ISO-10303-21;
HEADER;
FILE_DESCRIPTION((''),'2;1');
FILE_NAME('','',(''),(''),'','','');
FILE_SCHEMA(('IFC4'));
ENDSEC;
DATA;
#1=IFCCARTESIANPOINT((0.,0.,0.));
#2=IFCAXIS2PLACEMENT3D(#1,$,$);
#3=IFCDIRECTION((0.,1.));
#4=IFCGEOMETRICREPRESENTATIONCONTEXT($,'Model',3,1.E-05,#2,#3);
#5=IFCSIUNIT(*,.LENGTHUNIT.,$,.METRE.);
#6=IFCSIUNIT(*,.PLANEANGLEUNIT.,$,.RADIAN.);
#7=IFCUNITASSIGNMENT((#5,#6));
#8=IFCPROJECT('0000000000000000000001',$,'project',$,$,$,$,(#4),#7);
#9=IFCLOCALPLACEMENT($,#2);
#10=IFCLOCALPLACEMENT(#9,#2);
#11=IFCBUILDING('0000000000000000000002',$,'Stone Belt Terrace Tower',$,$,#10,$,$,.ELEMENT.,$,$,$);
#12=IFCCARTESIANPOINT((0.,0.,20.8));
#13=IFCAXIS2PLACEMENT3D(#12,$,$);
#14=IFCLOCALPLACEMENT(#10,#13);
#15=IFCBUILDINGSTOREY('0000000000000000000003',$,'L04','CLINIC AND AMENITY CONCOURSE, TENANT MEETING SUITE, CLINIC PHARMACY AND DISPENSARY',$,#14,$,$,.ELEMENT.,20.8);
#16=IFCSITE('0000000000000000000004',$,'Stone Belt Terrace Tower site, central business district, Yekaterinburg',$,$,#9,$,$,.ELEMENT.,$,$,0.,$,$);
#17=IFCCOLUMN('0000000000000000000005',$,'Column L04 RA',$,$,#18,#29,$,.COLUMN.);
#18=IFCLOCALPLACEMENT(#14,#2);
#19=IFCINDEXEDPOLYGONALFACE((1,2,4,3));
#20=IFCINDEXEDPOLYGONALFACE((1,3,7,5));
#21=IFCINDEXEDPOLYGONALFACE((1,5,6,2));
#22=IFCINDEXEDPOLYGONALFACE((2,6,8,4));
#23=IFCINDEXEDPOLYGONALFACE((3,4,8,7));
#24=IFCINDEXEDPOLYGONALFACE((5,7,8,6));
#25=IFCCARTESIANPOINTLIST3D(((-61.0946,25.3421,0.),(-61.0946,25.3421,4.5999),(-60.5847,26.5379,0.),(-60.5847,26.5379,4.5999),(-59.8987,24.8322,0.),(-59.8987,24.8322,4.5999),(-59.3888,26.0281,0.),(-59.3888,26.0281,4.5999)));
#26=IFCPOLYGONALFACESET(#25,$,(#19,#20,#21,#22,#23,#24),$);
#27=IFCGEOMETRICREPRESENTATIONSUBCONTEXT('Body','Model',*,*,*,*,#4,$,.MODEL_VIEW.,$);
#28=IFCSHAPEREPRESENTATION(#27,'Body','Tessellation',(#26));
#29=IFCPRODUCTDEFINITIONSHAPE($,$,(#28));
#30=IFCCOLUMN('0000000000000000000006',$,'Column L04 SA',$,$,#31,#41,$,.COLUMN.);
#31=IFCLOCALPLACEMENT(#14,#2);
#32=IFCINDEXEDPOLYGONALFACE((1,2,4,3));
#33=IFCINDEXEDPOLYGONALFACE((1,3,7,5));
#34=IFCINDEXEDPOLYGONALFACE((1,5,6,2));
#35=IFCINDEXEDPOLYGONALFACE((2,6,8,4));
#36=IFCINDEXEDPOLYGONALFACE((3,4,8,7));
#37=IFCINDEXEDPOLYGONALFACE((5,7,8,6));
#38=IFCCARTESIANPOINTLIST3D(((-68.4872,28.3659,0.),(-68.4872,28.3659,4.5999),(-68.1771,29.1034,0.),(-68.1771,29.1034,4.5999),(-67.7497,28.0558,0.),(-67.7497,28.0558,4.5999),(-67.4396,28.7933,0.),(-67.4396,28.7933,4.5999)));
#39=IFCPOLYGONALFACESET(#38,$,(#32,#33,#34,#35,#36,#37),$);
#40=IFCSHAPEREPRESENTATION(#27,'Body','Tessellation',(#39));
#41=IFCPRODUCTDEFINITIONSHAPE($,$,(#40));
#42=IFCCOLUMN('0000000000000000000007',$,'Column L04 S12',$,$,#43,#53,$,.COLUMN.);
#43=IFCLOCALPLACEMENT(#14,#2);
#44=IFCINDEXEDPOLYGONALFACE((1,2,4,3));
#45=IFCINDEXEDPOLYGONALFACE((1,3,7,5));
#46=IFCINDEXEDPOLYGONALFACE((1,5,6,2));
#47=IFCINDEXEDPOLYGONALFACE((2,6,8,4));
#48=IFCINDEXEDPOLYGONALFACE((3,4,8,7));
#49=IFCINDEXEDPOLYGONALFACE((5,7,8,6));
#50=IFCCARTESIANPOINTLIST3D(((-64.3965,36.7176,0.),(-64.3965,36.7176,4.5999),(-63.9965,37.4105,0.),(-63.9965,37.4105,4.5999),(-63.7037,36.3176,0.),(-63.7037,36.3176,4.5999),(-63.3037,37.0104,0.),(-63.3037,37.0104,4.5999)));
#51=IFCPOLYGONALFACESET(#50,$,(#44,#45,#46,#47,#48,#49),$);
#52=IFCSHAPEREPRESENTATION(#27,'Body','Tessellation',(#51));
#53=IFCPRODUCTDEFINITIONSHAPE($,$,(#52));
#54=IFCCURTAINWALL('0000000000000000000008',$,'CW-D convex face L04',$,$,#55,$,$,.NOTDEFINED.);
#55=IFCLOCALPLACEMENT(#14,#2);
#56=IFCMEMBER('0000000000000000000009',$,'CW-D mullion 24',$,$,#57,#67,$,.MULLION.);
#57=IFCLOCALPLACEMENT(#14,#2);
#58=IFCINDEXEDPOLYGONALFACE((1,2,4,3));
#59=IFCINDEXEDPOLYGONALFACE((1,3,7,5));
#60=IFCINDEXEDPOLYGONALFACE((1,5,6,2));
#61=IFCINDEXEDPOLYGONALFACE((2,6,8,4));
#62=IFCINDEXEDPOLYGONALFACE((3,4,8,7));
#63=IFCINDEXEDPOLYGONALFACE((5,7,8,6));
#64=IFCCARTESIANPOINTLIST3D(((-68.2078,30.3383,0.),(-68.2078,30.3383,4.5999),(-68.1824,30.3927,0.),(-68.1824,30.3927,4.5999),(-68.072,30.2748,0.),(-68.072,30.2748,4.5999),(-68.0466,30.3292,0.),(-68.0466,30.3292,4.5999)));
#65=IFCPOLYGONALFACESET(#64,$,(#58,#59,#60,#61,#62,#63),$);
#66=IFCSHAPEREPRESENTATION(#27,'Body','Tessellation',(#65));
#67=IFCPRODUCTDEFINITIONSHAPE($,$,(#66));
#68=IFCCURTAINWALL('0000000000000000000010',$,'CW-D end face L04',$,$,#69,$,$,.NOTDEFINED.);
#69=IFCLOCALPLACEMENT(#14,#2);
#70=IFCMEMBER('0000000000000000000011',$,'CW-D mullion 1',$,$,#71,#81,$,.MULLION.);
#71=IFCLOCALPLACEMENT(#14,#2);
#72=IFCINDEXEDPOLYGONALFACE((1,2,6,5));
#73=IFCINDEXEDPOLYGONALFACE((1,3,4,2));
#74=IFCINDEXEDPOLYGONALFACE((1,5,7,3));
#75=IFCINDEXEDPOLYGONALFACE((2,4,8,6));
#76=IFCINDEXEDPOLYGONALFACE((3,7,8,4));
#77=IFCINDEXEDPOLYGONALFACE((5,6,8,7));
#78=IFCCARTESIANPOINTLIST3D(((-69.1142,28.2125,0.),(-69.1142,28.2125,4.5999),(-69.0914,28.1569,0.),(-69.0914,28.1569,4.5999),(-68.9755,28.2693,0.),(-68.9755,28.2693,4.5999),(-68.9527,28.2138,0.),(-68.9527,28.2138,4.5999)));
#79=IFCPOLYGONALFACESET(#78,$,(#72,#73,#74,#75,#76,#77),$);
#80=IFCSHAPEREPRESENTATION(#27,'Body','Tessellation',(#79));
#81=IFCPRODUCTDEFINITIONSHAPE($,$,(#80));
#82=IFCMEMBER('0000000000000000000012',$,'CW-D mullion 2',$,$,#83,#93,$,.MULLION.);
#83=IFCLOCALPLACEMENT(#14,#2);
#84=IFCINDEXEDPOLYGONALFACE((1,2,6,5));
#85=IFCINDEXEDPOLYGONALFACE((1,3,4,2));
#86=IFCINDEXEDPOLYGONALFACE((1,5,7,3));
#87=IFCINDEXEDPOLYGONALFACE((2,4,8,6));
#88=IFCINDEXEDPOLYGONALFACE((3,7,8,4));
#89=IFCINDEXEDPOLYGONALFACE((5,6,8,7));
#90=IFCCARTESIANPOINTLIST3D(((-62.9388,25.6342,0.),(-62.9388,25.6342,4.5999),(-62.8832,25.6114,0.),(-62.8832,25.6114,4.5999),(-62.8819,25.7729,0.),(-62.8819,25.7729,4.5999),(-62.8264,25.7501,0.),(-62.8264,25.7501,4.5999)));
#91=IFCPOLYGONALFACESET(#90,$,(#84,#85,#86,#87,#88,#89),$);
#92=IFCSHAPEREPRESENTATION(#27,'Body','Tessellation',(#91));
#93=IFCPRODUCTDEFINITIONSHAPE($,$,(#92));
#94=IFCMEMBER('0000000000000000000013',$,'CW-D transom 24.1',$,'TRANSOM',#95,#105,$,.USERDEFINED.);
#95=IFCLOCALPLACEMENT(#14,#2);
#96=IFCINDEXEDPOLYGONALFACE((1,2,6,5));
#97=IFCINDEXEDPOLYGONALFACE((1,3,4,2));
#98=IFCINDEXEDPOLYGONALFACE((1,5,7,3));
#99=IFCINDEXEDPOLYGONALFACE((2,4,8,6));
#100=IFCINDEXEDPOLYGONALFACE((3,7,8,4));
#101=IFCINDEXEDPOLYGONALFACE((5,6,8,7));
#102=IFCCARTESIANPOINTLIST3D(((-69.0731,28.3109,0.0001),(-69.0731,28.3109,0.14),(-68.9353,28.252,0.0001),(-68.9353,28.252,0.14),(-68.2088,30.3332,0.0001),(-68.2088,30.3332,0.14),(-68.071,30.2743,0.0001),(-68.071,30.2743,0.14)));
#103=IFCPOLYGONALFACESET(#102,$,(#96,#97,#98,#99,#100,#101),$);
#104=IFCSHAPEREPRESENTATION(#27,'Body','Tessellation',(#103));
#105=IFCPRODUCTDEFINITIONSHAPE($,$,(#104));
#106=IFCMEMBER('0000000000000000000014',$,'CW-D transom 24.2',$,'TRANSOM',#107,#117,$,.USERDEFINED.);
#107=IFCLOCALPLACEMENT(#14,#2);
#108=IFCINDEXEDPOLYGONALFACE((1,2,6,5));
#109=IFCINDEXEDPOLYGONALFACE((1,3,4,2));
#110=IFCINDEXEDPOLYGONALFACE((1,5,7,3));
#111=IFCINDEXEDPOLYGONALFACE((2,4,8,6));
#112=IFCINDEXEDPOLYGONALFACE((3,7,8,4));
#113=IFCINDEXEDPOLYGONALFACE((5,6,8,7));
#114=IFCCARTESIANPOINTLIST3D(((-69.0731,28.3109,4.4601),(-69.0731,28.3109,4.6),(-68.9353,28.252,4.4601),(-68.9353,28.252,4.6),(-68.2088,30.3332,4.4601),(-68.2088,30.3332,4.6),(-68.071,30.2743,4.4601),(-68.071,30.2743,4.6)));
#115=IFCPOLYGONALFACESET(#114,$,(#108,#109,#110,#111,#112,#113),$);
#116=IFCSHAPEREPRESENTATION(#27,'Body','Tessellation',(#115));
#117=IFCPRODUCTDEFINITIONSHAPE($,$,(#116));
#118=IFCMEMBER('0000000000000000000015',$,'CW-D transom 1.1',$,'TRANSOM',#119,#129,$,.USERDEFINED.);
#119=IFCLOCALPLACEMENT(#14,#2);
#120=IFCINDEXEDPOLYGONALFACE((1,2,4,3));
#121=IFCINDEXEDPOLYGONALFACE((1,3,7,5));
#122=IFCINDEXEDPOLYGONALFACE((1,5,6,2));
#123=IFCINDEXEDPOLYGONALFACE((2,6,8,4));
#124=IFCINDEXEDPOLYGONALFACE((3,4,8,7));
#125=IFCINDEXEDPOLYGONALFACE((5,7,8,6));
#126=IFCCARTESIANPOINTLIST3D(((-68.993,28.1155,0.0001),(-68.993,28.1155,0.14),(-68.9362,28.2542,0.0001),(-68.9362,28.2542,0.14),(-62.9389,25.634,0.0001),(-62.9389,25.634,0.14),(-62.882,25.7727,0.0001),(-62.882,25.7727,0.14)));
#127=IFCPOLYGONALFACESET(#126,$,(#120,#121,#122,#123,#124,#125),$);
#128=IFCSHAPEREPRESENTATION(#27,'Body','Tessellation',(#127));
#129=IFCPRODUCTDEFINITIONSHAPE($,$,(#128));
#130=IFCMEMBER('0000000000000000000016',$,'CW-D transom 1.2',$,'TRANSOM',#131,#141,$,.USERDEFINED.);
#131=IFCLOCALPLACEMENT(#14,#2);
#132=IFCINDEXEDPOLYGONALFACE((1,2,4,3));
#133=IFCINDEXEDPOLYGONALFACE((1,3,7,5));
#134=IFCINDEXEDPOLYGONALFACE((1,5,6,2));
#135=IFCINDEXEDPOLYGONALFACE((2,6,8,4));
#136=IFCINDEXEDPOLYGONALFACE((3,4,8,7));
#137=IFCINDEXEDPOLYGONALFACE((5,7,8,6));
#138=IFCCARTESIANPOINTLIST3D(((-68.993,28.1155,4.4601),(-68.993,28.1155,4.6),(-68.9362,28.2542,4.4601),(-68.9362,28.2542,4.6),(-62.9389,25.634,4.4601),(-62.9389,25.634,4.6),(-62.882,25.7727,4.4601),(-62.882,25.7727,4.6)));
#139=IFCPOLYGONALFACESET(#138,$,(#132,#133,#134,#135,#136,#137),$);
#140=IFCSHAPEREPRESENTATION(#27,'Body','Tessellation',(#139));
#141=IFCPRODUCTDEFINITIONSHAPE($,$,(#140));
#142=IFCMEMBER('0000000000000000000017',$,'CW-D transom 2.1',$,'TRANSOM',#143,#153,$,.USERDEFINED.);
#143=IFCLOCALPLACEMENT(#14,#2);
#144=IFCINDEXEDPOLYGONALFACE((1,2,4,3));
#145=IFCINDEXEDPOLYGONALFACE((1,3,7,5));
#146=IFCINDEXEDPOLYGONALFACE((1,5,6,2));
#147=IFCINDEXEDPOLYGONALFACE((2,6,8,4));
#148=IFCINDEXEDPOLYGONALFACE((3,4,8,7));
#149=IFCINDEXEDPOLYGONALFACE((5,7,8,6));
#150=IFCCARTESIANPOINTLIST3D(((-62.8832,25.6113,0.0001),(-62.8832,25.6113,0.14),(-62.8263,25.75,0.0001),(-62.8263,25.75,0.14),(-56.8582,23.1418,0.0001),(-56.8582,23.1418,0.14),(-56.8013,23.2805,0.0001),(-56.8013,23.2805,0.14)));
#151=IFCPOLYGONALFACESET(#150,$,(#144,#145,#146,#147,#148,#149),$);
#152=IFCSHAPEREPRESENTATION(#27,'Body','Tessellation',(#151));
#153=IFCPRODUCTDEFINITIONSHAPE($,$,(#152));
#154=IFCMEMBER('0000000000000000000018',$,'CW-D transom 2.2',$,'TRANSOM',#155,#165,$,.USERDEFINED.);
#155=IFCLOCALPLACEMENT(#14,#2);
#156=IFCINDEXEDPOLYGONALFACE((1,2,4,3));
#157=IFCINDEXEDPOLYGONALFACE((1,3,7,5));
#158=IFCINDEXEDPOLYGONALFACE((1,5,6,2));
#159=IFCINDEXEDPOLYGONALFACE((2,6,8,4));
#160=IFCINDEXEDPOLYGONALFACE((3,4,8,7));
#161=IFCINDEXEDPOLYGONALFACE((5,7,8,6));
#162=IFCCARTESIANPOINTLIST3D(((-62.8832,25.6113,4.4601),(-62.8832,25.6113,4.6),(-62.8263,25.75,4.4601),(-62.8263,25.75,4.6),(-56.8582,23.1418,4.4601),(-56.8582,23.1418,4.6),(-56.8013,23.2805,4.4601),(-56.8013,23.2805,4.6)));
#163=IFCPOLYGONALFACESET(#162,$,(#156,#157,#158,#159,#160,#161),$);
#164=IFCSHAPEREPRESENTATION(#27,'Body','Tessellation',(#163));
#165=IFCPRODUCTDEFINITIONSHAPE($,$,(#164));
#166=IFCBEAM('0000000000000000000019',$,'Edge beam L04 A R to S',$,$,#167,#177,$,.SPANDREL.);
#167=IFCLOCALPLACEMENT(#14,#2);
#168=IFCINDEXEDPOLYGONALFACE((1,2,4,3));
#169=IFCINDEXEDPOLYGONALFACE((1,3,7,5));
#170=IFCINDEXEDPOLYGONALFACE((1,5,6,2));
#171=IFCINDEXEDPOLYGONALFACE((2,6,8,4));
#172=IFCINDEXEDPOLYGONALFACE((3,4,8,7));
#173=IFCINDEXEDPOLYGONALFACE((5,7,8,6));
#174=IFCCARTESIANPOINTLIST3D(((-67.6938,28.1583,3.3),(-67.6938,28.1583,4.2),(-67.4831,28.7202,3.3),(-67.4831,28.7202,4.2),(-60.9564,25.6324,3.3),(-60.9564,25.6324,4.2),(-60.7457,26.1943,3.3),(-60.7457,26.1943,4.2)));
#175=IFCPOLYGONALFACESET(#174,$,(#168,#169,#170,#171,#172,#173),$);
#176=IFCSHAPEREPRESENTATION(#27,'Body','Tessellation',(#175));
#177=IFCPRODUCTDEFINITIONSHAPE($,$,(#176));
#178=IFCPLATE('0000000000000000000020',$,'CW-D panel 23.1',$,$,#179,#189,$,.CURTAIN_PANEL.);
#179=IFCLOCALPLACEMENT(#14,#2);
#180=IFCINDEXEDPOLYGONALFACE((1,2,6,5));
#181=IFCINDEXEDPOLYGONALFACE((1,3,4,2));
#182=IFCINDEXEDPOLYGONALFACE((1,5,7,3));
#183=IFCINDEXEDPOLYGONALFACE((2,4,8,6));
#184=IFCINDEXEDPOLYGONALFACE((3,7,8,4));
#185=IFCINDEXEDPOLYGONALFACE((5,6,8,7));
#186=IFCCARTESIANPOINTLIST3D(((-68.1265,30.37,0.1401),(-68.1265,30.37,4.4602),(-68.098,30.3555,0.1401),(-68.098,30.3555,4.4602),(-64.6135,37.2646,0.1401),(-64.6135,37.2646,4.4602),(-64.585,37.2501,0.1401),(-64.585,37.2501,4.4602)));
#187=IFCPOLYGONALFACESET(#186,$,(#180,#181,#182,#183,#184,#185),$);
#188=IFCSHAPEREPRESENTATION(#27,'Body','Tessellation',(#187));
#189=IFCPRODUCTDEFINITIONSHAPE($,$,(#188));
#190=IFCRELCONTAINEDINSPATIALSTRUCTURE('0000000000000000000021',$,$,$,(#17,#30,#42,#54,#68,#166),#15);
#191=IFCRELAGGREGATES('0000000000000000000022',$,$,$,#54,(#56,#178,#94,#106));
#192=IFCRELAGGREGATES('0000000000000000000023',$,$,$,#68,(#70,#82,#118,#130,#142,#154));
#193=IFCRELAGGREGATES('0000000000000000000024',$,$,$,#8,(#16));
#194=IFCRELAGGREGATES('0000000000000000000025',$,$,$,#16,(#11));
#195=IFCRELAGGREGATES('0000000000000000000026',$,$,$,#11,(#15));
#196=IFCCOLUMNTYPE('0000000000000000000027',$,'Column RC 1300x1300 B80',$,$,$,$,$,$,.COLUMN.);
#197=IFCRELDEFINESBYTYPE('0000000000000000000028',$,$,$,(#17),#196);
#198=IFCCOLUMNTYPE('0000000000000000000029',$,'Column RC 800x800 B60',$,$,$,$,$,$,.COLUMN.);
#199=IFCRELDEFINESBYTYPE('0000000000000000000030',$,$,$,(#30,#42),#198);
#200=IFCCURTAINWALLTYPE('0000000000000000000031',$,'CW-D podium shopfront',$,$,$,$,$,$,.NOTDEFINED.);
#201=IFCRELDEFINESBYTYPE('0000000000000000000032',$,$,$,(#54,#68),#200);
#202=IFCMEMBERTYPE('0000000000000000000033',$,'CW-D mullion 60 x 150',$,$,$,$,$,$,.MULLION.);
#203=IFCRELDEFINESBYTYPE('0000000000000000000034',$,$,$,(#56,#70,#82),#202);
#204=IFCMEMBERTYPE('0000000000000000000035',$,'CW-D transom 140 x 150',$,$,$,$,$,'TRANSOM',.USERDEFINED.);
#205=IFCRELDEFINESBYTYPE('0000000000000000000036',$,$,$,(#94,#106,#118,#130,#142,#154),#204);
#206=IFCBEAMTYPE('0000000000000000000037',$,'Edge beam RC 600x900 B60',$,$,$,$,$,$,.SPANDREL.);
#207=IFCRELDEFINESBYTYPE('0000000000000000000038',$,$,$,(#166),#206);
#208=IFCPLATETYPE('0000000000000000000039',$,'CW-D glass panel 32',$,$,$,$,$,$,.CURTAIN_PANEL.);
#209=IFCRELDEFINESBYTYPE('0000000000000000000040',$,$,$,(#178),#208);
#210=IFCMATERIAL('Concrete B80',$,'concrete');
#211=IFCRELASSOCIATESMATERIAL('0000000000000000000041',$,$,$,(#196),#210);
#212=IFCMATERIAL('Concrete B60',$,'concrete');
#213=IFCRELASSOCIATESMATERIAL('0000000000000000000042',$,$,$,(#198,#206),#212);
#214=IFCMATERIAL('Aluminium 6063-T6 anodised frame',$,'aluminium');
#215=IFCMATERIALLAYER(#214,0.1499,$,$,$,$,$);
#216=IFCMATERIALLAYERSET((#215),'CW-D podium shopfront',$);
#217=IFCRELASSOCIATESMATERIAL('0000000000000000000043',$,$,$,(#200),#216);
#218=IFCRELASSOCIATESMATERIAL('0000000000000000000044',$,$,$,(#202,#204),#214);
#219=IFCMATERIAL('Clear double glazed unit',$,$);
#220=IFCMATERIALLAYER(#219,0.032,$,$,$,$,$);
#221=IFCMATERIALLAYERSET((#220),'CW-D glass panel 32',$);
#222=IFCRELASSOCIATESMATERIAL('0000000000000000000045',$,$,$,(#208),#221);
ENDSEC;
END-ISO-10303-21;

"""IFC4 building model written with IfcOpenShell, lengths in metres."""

from ifc_helpers import new_model, si_unit, direction, frame, origin, origin_2d, place, context, subcontext, project, spatial, rectangle, extrude, material, layer, layer_set, material_profile, profile_set, type_object, element, aggregate, save


model = new_model("IFC4")

# Units and contexts
model_context = context("Model", 3, precision=1e-05, world=origin(), true_north=direction((0.0, 1.0)))
body_context = subcontext(model_context, "Body", "Model", "MODEL_VIEW")
ifc_project = project(units=[si_unit("LENGTHUNIT", "METRE"), si_unit("PLANEANGLEUNIT", "RADIAN")], contexts=[model_context])

# Site, building, storey
site_placement = place(None, origin())
site = spatial("IfcSite", under=ifc_project, at=site_placement, Name="Stone Belt Terrace Tower site, central business district, Yekaterinburg", CompositionType="ELEMENT", RefElevation=0.0)
building_placement = place(site_placement, origin())
building = spatial("IfcBuilding", under=site, at=building_placement, Name="Stone Belt Terrace Tower", CompositionType="ELEMENT")
storey_placement = place(building_placement, frame((0.0, 0.0, 20.8)))
storey = spatial("IfcBuildingStorey", under=building, at=storey_placement, Name="L04", Description="CLINIC AND AMENITY CONCOURSE, TENANT MEETING SUITE, CLINIC PHARMACY AND DISPENSARY", CompositionType="ELEMENT", Elevation=20.8)

# Columns
ifc_material_1 = material(Name="Concrete B80", Category="concrete")
ifc_material_profile_1 = material_profile(ifc_material_1, rectangle(XDim=1.3, YDim=1.3, at=origin_2d()), Name="RC 1300x1300")
ifc_profile_set_1 = profile_set([ifc_material_profile_1], Name="Concrete B80")
column_type_1 = type_object("IfcColumnType", Name="Column RC 1300x1300 B80", PredefinedType="COLUMN", material=ifc_profile_set_1)
column_placement = place(storey_placement, frame((-60.2417, 25.6851, 0.0), z_axis=(0.0, 0.0, 1.0), x_axis=(0.392204, 0.919878, 0.0)))
element("IfcColumn", 1, at=column_placement, inside=storey, type_object=column_type_1, Name="Column L04 RA", PredefinedType="COLUMN", context=body_context, shape_type="SweptSolid", body=[
    extrude(rectangle(XDim=1.3, YDim=1.3, at=origin_2d()), origin(), (0.0, 0.0, 1.0), 4.5999),
])
ifc_material_2 = material(Name="Concrete B60", Category="concrete")
ifc_material_profile_2 = material_profile(ifc_material_2, rectangle(XDim=0.8, YDim=0.8, at=origin_2d()), Name="RC 800x800")
ifc_profile_set_2 = profile_set([ifc_material_profile_2], Name="Concrete B60")
column_type_2 = type_object("IfcColumnType", Name="Column RC 800x800 B60", PredefinedType="COLUMN", material=ifc_profile_set_2)
for number, where, z_axis, x_axis, name in (
    (2, (-67.9634, 28.5796, 0.0), (0.0, 0.0, 1.0), (0.387636, 0.921812, 0.0), "Column L04 SA"),
    (3, (-63.8501, 36.864, 0.0), (0.0, 0.0, 1.0), (0.5, 0.866025, 0.0), "Column L04 S12"),
):
    element("IfcColumn", number, at=place(storey_placement, frame(where, z_axis=z_axis, x_axis=x_axis)), inside=storey, type_object=column_type_2, Name=name, PredefinedType="COLUMN", context=body_context, shape_type="SweptSolid", body=[
        extrude(rectangle(XDim=0.8, YDim=0.8, at=origin_2d()), origin(), (0.0, 0.0, 1.0), 4.5999),
    ])

# Curtain wall, member
ifc_material_3 = material(Name="Aluminium 6063-T6 anodised frame", Category="aluminium")
ifc_layer_1 = layer(ifc_material_3, 0.1499)
ifc_layer_set_1 = layer_set([ifc_layer_1], Name="CW-D podium shopfront")
curtain_wall_type = type_object("IfcCurtainWallType", Name="CW-D podium shopfront", PredefinedType="NOTDEFINED", material=ifc_layer_set_1)
curtain_wall_1_placement = place(storey_placement, origin())
curtain_wall_1 = element("IfcCurtainWall", 4, at=curtain_wall_1_placement, inside=storey, type_object=curtain_wall_type, Name="CW-D convex face L04", PredefinedType="NOTDEFINED")
ifc_material_profile_3 = material_profile(ifc_material_3, rectangle(XDim=0.1499, YDim=0.0601, at=origin_2d()), Name="Aluminium 6063-T6 60x150")
ifc_profile_set_3 = profile_set([ifc_material_profile_3], Name="Aluminium 6063-T6 anodised frame")
member_type_1 = type_object("IfcMemberType", Name="CW-D mullion 60 x 150", PredefinedType="MULLION", material=ifc_profile_set_3)
member_1_placement = place(storey_placement, frame((-68.1272, 30.3337, 0.0), z_axis=(0.0, 0.0, 1.0), x_axis=(0.905778, -0.423752, 0.0)))
member_1 = element("IfcMember", 5, at=member_1_placement, type_object=member_type_1, Name="CW-D mullion 24", PredefinedType="MULLION", context=body_context, shape_type="SweptSolid", body=[
    extrude(rectangle(XDim=0.1499, YDim=0.0601, at=origin_2d()), origin(), (0.0, 0.0, 1.0), 4.5999),
])

# Curtain wall, members
curtain_wall_2_placement = place(storey_placement, origin())
curtain_wall_2 = element("IfcCurtainWall", 6, at=curtain_wall_2_placement, inside=storey, type_object=curtain_wall_type, Name="CW-D end face L04", PredefinedType="NOTDEFINED")
member_2_placement = place(storey_placement, frame((-69.0334, 28.2131, 0.0), z_axis=(0.0, 0.0, 1.0), x_axis=(0.92531, 0.379212, 0.0)))
member_2 = element("IfcMember", 7, at=member_2_placement, type_object=member_type_1, Name="CW-D mullion 1", PredefinedType="MULLION", context=body_context, shape_type="SweptSolid", body=[
    extrude(rectangle(XDim=0.1499, YDim=0.0601, at=origin_2d()), origin(), (0.0, 0.0, 1.0), 4.5999),
])
member_3_placement = place(storey_placement, frame((-62.8826, 25.6921, 0.0), z_axis=(0.0, 0.0, 1.0), x_axis=(0.379243, 0.925297, 0.0)))
member_3 = element("IfcMember", 8, at=member_3_placement, type_object=member_type_1, Name="CW-D mullion 2", PredefinedType="MULLION", context=body_context, shape_type="SweptSolid", body=[
    extrude(rectangle(XDim=0.1499, YDim=0.0601, at=origin_2d()), origin(), (0.0, 0.0, 1.0), 4.5999),
])

# Members
ifc_material_profile_4 = material_profile(ifc_material_3, rectangle(XDim=0.1499, YDim=0.1399, at=origin_2d()), Name="Aluminium 6063-T6 150x140")
ifc_profile_set_4 = profile_set([ifc_material_profile_4], Name="Aluminium 6063-T6 anodised frame")
member_type_2 = type_object("IfcMemberType", Name="CW-D transom 140 x 150", ElementType="TRANSOM", PredefinedType="USERDEFINED", material=ifc_profile_set_4)
member_4_placement = place(storey_placement, frame((-68.1399, 30.3037, 0.0701), z_axis=(-0.392995, -0.919541, 0.0), x_axis=(0.919541, -0.392995, 0.0)))
member_4 = element("IfcMember", 9, at=member_4_placement, type_object=member_type_2, Name="CW-D transom 24.1", ObjectType="TRANSOM", PredefinedType="USERDEFINED", context=body_context, shape_type="SweptSolid", body=[
    extrude(rectangle(XDim=0.1499, YDim=0.1399, at=origin_2d()), origin(), (0.0, 0.0, 1.0), 2.1992),
])
member_5_placement = place(storey_placement, frame((-68.1399, 30.3037, 4.53), z_axis=(-0.392995, -0.919541, 0.0), x_axis=(0.919541, -0.392995, 0.0)))
member_5 = element("IfcMember", 10, at=member_5_placement, type_object=member_type_2, Name="CW-D transom 24.2", ObjectType="TRANSOM", PredefinedType="USERDEFINED", context=body_context, shape_type="SweptSolid", body=[
    extrude(rectangle(XDim=0.1499, YDim=0.1399, at=origin_2d()), origin(), (0.0, 0.0, 1.0), 2.1992),
])
member_6_placement = place(storey_placement, frame((-68.9646, 28.1848, 0.0701), z_axis=(0.925294, -0.379252, 0.0), x_axis=(0.379252, 0.925294, 0.0)))
member_6 = element("IfcMember", 11, at=member_6_placement, type_object=member_type_2, Name="CW-D transom 1.1", ObjectType="TRANSOM", PredefinedType="USERDEFINED", context=body_context, shape_type="SweptSolid", body=[
    extrude(rectangle(XDim=0.1499, YDim=0.1399, at=origin_2d()), origin(), (0.0, 0.0, 1.0), 6.543),
])
member_7_placement = place(storey_placement, frame((-68.9646, 28.1848, 4.53), z_axis=(0.925294, -0.379252, 0.0), x_axis=(0.379252, 0.925294, 0.0)))
member_7 = element("IfcMember", 12, at=member_7_placement, type_object=member_type_2, Name="CW-D transom 1.2", ObjectType="TRANSOM", PredefinedType="USERDEFINED", context=body_context, shape_type="SweptSolid", body=[
    extrude(rectangle(XDim=0.1499, YDim=0.1399, at=origin_2d()), origin(), (0.0, 0.0, 1.0), 6.543),
])
member_8_placement = place(storey_placement, frame((-62.8547, 25.6807, 0.0701), z_axis=(0.925291, -0.379258, 0.0), x_axis=(0.379258, 0.925291, 0.0)))
member_8 = element("IfcMember", 13, at=member_8_placement, type_object=member_type_2, Name="CW-D transom 2.1", ObjectType="TRANSOM", PredefinedType="USERDEFINED", context=body_context, shape_type="SweptSolid", body=[
    extrude(rectangle(XDim=0.1499, YDim=0.1399, at=origin_2d()), origin(), (0.0, 0.0, 1.0), 6.5115),
])
member_9_placement = place(storey_placement, frame((-62.8547, 25.6807, 4.53), z_axis=(0.925291, -0.379258, 0.0), x_axis=(0.379258, 0.925291, 0.0)))
member_9 = element("IfcMember", 14, at=member_9_placement, type_object=member_type_2, Name="CW-D transom 2.2", ObjectType="TRANSOM", PredefinedType="USERDEFINED", context=body_context, shape_type="SweptSolid", body=[
    extrude(rectangle(XDim=0.1499, YDim=0.1399, at=origin_2d()), origin(), (0.0, 0.0, 1.0), 6.5115),
])

# Beam
ifc_material_profile_5 = material_profile(ifc_material_2, rectangle(XDim=0.6001, YDim=0.8999, at=origin_2d()), Name="RC 600x900")
ifc_profile_set_5 = profile_set([ifc_material_profile_5], Name="Concrete B60")
beam_type = type_object("IfcBeamType", Name="Edge beam RC 600x900 B60", PredefinedType="SPANDREL", material=ifc_profile_set_5)
beam_placement = place(storey_placement, frame((-60.8511, 25.9133, 3.75), z_axis=(-0.936357, 0.351049, 0.0), x_axis=(-0.351049, -0.936357, 0.0)))
element("IfcBeam", 15, at=beam_placement, inside=storey, type_object=beam_type, Name="Edge beam L04 A R to S", PredefinedType="SPANDREL", context=body_context, shape_type="SweptSolid", body=[
    extrude(rectangle(XDim=0.6001, YDim=0.8999, at=origin_2d()), origin(), (0.0, 0.0, 1.0), 7.1953),
])

# Plate
ifc_material_4 = material(Name="Clear double glazed unit")
ifc_layer_2 = layer(ifc_material_4, 0.032)
ifc_layer_set_2 = layer_set([ifc_layer_2], Name="CW-D glass panel 32")
plate_type = type_object("IfcPlateType", Name="CW-D glass panel 32", PredefinedType="CURTAIN_PANEL", material=ifc_layer_set_2)
plate_1_placement = place(storey_placement, frame((-66.3557, 33.8101, 0.1401), z_axis=(0.0, 0.0, 1.0), x_axis=(-0.45399, -0.891007, 0.0)))
plate_1 = element("IfcPlate", 16, at=plate_1_placement, type_object=plate_type, Name="CW-D panel 23.1", PredefinedType="CURTAIN_PANEL", context=body_context, shape_type="SweptSolid", body=[
    extrude(rectangle(XDim=7.738, YDim=0.032, at=origin_2d()), origin(), (0.0, 0.0, 1.0), 4.3201),
])
aggregate(curtain_wall_1, [member_1, plate_1, member_4, member_5])
aggregate(curtain_wall_2, [member_2, member_3, member_6, member_7, member_8, member_9])

save(model, "model.ifc")
